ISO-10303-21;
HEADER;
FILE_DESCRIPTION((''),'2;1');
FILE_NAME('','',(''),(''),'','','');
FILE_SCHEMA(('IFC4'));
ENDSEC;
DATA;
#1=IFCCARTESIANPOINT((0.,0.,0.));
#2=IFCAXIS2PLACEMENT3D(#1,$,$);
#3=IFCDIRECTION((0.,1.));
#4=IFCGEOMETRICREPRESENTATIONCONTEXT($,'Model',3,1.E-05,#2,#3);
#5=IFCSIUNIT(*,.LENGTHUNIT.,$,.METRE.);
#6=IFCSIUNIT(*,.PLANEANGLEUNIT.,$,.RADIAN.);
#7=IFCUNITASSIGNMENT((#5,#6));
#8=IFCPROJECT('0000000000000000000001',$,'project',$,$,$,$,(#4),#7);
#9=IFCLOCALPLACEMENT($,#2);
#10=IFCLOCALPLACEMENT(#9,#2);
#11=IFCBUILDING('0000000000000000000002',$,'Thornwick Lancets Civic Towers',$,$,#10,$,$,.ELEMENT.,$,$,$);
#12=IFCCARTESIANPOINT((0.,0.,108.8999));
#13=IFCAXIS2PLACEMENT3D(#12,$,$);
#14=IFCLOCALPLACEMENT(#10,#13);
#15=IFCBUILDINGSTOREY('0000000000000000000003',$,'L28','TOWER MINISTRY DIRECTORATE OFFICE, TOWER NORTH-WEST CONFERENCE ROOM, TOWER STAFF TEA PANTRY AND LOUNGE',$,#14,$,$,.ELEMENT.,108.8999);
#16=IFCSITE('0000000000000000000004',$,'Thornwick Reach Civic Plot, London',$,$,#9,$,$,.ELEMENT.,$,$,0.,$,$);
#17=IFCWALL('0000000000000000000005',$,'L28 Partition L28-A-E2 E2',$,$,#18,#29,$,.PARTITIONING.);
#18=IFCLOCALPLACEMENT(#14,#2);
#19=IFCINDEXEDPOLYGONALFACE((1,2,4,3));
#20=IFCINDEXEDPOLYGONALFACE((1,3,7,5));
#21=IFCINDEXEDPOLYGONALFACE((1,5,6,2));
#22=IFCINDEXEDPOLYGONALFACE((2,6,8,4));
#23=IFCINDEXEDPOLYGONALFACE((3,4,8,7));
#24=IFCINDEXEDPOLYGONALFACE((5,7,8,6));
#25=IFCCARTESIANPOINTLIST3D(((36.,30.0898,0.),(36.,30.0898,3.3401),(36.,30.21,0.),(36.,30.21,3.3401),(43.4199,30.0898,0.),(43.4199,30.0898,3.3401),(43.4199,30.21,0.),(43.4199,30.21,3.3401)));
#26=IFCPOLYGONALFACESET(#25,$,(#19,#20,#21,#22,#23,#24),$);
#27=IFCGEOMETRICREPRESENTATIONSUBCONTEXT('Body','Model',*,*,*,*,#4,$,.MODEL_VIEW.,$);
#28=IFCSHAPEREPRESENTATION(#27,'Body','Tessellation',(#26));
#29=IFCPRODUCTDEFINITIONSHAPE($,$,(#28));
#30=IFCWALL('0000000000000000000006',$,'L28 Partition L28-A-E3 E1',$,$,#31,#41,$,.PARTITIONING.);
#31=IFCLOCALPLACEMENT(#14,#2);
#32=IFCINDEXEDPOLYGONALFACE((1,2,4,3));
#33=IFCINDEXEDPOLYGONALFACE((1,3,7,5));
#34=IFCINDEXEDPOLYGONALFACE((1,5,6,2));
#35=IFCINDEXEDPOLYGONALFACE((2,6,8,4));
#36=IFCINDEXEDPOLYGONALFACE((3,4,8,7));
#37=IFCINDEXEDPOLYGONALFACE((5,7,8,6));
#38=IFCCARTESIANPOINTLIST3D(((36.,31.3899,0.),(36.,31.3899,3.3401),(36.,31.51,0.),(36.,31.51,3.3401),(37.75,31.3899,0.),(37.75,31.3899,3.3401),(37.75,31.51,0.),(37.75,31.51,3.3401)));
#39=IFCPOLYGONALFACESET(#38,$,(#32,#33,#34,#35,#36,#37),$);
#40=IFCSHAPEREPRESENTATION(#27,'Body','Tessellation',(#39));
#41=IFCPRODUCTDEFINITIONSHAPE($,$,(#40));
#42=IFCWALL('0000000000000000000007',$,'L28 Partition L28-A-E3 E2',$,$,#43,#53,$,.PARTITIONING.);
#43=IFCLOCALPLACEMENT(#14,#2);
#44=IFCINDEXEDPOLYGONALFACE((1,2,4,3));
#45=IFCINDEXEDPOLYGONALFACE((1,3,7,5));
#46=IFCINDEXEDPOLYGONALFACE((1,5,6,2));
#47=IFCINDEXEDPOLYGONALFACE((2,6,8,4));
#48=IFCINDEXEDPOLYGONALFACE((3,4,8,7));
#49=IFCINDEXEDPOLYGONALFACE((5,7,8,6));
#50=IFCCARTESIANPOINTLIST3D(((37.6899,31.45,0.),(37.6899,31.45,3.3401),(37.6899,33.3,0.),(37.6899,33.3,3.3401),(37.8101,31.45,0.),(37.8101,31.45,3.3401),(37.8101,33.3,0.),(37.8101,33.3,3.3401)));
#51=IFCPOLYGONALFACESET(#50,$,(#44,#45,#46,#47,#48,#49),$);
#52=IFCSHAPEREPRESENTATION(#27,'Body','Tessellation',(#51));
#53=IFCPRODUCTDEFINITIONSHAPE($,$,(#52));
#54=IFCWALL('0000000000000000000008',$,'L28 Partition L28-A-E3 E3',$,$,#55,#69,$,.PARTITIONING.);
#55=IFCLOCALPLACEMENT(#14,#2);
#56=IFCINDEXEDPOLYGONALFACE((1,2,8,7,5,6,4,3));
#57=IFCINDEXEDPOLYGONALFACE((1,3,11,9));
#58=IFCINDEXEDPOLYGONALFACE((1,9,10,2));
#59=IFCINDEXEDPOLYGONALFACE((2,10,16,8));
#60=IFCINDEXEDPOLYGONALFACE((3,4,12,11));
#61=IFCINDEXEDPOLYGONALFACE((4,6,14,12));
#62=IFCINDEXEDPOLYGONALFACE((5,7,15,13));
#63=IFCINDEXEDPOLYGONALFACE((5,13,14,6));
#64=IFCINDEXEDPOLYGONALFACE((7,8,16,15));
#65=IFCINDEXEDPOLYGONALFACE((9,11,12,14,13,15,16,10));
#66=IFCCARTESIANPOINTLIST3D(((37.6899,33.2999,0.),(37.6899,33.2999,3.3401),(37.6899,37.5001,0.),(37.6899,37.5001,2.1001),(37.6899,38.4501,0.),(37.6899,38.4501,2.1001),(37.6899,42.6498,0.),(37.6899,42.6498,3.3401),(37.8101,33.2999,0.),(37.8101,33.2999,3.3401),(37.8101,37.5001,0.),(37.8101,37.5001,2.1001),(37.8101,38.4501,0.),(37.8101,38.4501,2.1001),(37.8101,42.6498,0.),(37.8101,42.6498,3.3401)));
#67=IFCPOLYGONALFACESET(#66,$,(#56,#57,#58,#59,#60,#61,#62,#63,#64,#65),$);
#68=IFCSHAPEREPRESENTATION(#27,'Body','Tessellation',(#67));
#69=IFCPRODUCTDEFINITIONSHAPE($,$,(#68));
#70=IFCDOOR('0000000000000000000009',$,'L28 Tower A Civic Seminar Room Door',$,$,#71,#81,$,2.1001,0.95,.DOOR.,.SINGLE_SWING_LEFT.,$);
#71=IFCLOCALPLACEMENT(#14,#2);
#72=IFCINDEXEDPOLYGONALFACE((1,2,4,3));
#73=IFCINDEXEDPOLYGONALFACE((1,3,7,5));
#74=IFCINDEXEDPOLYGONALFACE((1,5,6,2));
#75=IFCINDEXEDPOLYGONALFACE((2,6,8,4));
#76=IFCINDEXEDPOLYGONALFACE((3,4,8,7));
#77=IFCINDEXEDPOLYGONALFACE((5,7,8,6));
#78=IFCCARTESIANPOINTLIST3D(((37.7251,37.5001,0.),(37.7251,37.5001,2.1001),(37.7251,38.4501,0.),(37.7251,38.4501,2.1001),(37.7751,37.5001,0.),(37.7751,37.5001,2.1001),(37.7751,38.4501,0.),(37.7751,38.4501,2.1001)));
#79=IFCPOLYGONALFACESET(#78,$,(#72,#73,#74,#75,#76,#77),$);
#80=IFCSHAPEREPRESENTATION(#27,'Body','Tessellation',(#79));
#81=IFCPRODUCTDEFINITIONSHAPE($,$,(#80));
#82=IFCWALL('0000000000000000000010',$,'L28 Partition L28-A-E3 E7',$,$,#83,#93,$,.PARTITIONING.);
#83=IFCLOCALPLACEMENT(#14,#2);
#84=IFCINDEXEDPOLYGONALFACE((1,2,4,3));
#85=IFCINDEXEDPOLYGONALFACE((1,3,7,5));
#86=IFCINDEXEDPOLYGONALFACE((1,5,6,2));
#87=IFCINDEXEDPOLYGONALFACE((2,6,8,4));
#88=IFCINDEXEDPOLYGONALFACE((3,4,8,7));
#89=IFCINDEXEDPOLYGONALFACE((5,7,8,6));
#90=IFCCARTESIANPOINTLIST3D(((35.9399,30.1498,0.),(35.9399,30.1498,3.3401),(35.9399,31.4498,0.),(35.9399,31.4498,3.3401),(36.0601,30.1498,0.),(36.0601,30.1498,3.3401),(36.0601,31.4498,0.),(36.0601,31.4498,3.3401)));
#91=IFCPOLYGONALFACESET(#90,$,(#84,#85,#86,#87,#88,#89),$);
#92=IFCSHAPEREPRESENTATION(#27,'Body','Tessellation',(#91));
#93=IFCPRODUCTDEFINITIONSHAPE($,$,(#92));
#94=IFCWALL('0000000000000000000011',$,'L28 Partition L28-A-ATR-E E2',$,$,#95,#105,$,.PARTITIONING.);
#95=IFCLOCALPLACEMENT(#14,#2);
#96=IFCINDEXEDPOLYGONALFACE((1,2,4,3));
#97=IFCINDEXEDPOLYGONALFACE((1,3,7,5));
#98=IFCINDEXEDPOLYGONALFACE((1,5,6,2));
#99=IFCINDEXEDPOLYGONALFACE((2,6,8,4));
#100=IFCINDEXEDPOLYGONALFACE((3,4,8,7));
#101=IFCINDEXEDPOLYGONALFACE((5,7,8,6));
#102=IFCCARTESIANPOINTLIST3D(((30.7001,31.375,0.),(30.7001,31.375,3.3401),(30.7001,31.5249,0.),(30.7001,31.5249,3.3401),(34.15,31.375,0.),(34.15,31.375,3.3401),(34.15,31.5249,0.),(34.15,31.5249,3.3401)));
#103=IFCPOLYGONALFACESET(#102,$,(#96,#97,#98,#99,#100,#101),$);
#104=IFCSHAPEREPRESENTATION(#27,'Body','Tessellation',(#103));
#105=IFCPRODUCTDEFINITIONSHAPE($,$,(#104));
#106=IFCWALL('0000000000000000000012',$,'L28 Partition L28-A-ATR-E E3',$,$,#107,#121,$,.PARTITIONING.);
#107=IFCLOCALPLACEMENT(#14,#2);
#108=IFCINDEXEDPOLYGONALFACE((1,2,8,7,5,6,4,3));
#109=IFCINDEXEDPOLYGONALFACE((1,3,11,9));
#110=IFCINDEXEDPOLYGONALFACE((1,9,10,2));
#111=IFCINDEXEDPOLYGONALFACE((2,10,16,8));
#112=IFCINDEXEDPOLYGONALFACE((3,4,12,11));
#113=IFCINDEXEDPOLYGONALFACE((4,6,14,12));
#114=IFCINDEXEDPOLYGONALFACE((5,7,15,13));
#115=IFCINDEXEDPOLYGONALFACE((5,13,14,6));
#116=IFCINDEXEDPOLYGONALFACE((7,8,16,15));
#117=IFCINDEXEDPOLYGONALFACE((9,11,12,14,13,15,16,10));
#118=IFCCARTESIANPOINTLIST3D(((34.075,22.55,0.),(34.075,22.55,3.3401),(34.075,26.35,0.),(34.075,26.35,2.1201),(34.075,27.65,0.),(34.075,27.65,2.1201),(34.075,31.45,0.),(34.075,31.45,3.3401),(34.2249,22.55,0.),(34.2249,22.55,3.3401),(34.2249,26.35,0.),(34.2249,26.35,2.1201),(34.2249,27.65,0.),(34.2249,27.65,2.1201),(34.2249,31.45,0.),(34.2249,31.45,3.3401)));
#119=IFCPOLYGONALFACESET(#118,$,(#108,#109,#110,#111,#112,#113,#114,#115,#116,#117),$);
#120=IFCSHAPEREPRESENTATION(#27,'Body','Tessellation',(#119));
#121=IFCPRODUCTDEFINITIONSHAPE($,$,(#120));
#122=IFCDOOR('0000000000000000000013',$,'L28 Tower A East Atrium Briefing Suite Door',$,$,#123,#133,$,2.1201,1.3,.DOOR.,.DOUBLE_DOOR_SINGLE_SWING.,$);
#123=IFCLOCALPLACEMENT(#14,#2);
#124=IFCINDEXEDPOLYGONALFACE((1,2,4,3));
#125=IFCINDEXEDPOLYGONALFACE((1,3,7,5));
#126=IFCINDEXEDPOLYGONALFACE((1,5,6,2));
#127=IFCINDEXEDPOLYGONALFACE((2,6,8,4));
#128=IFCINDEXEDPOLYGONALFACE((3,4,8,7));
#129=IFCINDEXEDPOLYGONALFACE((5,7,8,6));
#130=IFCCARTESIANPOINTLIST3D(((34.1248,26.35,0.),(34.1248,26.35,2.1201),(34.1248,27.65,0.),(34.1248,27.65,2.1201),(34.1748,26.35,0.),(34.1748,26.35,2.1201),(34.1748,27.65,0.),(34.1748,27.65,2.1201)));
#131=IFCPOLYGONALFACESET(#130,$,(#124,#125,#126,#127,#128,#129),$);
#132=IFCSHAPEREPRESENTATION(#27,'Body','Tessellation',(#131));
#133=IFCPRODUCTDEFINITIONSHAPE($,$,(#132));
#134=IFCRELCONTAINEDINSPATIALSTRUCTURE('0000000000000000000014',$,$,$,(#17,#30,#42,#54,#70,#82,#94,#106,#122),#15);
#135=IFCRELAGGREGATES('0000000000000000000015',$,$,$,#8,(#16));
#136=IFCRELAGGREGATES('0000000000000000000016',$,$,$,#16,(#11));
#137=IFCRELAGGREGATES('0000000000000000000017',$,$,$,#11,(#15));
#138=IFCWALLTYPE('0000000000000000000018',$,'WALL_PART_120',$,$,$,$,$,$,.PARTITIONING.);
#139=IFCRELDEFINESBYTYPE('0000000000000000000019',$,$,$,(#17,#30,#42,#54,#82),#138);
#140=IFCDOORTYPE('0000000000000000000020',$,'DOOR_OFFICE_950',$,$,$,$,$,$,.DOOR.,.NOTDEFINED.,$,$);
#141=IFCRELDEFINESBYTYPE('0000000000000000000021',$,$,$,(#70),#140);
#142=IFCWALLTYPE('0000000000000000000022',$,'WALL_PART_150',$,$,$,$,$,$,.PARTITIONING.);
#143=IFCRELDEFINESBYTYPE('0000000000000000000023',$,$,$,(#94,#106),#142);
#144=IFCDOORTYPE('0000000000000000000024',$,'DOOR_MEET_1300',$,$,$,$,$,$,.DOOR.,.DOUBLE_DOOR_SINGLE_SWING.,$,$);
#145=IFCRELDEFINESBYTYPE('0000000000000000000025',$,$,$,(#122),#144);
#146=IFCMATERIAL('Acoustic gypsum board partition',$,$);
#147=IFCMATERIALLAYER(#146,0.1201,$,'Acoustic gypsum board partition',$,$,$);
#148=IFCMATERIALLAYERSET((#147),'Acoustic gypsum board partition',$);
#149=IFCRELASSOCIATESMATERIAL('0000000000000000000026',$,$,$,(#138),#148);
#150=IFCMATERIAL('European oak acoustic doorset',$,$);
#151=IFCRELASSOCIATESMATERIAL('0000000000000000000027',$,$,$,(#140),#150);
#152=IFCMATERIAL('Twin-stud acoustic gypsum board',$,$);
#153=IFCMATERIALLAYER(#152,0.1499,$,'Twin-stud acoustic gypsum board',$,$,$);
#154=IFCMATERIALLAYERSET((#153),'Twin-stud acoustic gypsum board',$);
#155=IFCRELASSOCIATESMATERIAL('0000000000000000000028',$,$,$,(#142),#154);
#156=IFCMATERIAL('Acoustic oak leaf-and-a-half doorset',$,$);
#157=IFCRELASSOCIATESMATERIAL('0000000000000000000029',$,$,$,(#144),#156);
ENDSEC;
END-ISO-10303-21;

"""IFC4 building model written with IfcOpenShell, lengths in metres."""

from ifc_helpers import new_model, si_unit, direction, frame, frame_2d, origin, place, context, subcontext, project, spatial, rectangle, extrude, material, layer, layer_set, type_object, element, fill, save


model = new_model("IFC4")

# Units and contexts
model_context = context("Model", 3, precision=1e-05, world=origin(), true_north=direction((0.0, 1.0)))
body_context = subcontext(model_context, "Body", "Model", "MODEL_VIEW")
ifc_project = project(units=[si_unit("LENGTHUNIT", "METRE"), si_unit("PLANEANGLEUNIT", "RADIAN")], contexts=[model_context])

# Site, building, storey
site_placement = place(None, origin())
site = spatial("IfcSite", under=ifc_project, at=site_placement, Name="Thornwick Reach Civic Plot, London", CompositionType="ELEMENT", RefElevation=0.0)
building_placement = place(site_placement, origin())
building = spatial("IfcBuilding", under=site, at=building_placement, Name="Thornwick Lancets Civic Towers", CompositionType="ELEMENT")
storey_placement = place(building_placement, frame((0.0, 0.0, 108.8999)))
storey = spatial("IfcBuildingStorey", under=building, at=storey_placement, Name="L28", Description="TOWER MINISTRY DIRECTORATE OFFICE, TOWER NORTH-WEST CONFERENCE ROOM, TOWER STAFF TEA PANTRY AND LOUNGE", CompositionType="ELEMENT", Elevation=108.8999)

# Walls
ifc_material_1 = material(Name="Acoustic gypsum board partition")
ifc_layer_1 = layer(ifc_material_1, 0.1201, Name="Acoustic gypsum board partition")
ifc_layer_set_1 = layer_set([ifc_layer_1], Name="Acoustic gypsum board partition")
wall_type_1 = type_object("IfcWallType", Name="WALL_PART_120", PredefinedType="PARTITIONING", material=ifc_layer_set_1)
wall_1_placement = place(storey_placement, frame((36.0, 30.1499, 0.0), z_axis=(0.0, 0.0, 1.0), x_axis=(1.0, 0.0, 0.0)))
element("IfcWall", 1, at=wall_1_placement, inside=storey, type_object=wall_type_1, Name="L28 Partition L28-A-E2 E2", PredefinedType="PARTITIONING", context=body_context, shape_type="SweptSolid", body=[
    extrude(rectangle(XDim=7.4199, YDim=0.1201, at=frame_2d((3.71, 0.0))), origin(), (0.0, 0.0, 1.0), 3.3401),
])
wall_2_placement = place(storey_placement, frame((36.0, 31.45, 0.0), z_axis=(0.0, 0.0, 1.0), x_axis=(1.0, 0.0, 0.0)))
element("IfcWall", 2, at=wall_2_placement, inside=storey, type_object=wall_type_1, Name="L28 Partition L28-A-E3 E1", PredefinedType="PARTITIONING", context=body_context, shape_type="SweptSolid", body=[
    extrude(rectangle(XDim=1.75, YDim=0.1201, at=frame_2d((0.875, 0.0))), origin(), (0.0, 0.0, 1.0), 3.3401),
])
wall_3_placement = place(storey_placement, frame((37.75, 31.45, 0.0), z_axis=(0.0, 0.0, 1.0), x_axis=(0.0, 1.0, 0.0)))
element("IfcWall", 3, at=wall_3_placement, inside=storey, type_object=wall_type_1, Name="L28 Partition L28-A-E3 E2", PredefinedType="PARTITIONING", context=body_context, shape_type="SweptSolid", body=[
    extrude(rectangle(XDim=1.8501, YDim=0.1201, at=frame_2d((0.925, 0.0))), origin(), (0.0, 0.0, 1.0), 3.3401),
])

# Wall, opening, door
wall_4_placement = place(storey_placement, frame((37.75, 33.3, 0.0), z_axis=(0.0, 0.0, 1.0), x_axis=(0.0, 1.0, 0.0)))
wall_4 = element("IfcWall", 4, at=wall_4_placement, inside=storey, type_object=wall_type_1, Name="L28 Partition L28-A-E3 E3", PredefinedType="PARTITIONING", context=body_context, shape_type="SweptSolid", body=[
    extrude(rectangle(XDim=9.3499, YDim=0.1201, at=frame_2d((4.6748, 0.0))), origin(), (0.0, 0.0, 1.0), 3.3401),
])
opening_1_placement = place(wall_4_placement, frame((4.2, 0.0, 0.0)))
opening_1 = element("IfcOpeningElement", 5, at=opening_1_placement, cuts=wall_4, PredefinedType="OPENING", context=body_context, shape_type="SweptSolid", body=[
    extrude(rectangle(XDim=0.95, YDim=2.1001, at=frame_2d((0.4751, 1.05))), frame((0.0, 0.0701, 0.0), z_axis=(0.0, -1.0, 0.0), x_axis=(1.0, 0.0, 0.0)), (0.0, 0.0, 1.0), 0.1401),
])
ifc_material_2 = material(Name="European oak acoustic doorset")
door_type_1 = type_object("IfcDoorType", Name="DOOR_OFFICE_950", OperationType="NOTDEFINED", PredefinedType="DOOR", material=ifc_material_2)
door_1_placement = place(opening_1_placement, origin())
door_1 = element("IfcDoor", 6, at=door_1_placement, inside=storey, type_object=door_type_1, Name="L28 Tower A Civic Seminar Room Door", OperationType="SINGLE_SWING_LEFT", OverallHeight=2.1001, OverallWidth=0.95, PredefinedType="DOOR", context=body_context, shape_type="SweptSolid", body=[
    extrude(rectangle(XDim=0.95, YDim=2.1001, at=frame_2d((0.4751, 1.05))), frame((0.0, 0.0249, 0.0), z_axis=(0.0, -1.0, 0.0), x_axis=(1.0, 0.0, 0.0)), (0.0, 0.0, 1.0), 0.05),
])
fill(opening_1, door_1)

# Walls
wall_5_placement = place(storey_placement, frame((36.0, 30.1499, 0.0), z_axis=(0.0, 0.0, 1.0), x_axis=(0.0, 1.0, 0.0)))
element("IfcWall", 7, at=wall_5_placement, inside=storey, type_object=wall_type_1, Name="L28 Partition L28-A-E3 E7", PredefinedType="PARTITIONING", context=body_context, shape_type="SweptSolid", body=[
    extrude(rectangle(XDim=1.3, YDim=0.1201, at=frame_2d((0.6499, 0.0))), origin(), (0.0, 0.0, 1.0), 3.3401),
])
ifc_material_3 = material(Name="Twin-stud acoustic gypsum board")
ifc_layer_2 = layer(ifc_material_3, 0.1499, Name="Twin-stud acoustic gypsum board")
ifc_layer_set_2 = layer_set([ifc_layer_2], Name="Twin-stud acoustic gypsum board")
wall_type_2 = type_object("IfcWallType", Name="WALL_PART_150", PredefinedType="PARTITIONING", material=ifc_layer_set_2)
wall_6_placement = place(storey_placement, frame((30.7, 31.45, 0.0), z_axis=(0.0, 0.0, 1.0), x_axis=(1.0, 0.0, 0.0)))
element("IfcWall", 8, at=wall_6_placement, inside=storey, type_object=wall_type_2, Name="L28 Partition L28-A-ATR-E E2", PredefinedType="PARTITIONING", context=body_context, shape_type="SweptSolid", body=[
    extrude(rectangle(XDim=3.45, YDim=0.1499, at=frame_2d((1.7251, 0.0))), origin(), (0.0, 0.0, 1.0), 3.3401),
])

# Wall, opening, door
wall_7_placement = place(storey_placement, frame((34.1499, 31.45, 0.0), z_axis=(0.0, 0.0, 1.0), x_axis=(0.0, -1.0, 0.0)))
wall_7 = element("IfcWall", 9, at=wall_7_placement, inside=storey, type_object=wall_type_2, Name="L28 Partition L28-A-ATR-E E3", PredefinedType="PARTITIONING", context=body_context, shape_type="SweptSolid", body=[
    extrude(rectangle(XDim=8.8999, YDim=0.1499, at=frame_2d((4.45, 0.0))), origin(), (0.0, 0.0, 1.0), 3.3401),
])
opening_2_placement = place(wall_7_placement, frame((3.8, 0.0, 0.0)))
opening_2 = element("IfcOpeningElement", 10, at=opening_2_placement, cuts=wall_7, PredefinedType="OPENING", context=body_context, shape_type="SweptSolid", body=[
    extrude(rectangle(XDim=1.3, YDim=2.1201, at=frame_2d((0.6499, 1.0601))), frame((0.0, 0.085, 0.0), z_axis=(0.0, -1.0, 0.0), x_axis=(1.0, 0.0, 0.0)), (0.0, 0.0, 1.0), 0.1699),
])
ifc_material_4 = material(Name="Acoustic oak leaf-and-a-half doorset")
door_type_2 = type_object("IfcDoorType", Name="DOOR_MEET_1300", OperationType="DOUBLE_DOOR_SINGLE_SWING", PredefinedType="DOOR", material=ifc_material_4)
door_2_placement = place(opening_2_placement, origin())
door_2 = element("IfcDoor", 11, at=door_2_placement, inside=storey, type_object=door_type_2, Name="L28 Tower A East Atrium Briefing Suite Door", OperationType="DOUBLE_DOOR_SINGLE_SWING", OverallHeight=2.1201, OverallWidth=1.3, PredefinedType="DOOR", context=body_context, shape_type="SweptSolid", body=[
    extrude(rectangle(XDim=1.3, YDim=2.1201, at=frame_2d((0.6499, 1.0601))), frame((0.0, 0.0249, 0.0), z_axis=(0.0, -1.0, 0.0), x_axis=(1.0, 0.0, 0.0)), (0.0, 0.0, 1.0), 0.05),
])
fill(opening_2, door_2)

save(model, "model.ifc")
